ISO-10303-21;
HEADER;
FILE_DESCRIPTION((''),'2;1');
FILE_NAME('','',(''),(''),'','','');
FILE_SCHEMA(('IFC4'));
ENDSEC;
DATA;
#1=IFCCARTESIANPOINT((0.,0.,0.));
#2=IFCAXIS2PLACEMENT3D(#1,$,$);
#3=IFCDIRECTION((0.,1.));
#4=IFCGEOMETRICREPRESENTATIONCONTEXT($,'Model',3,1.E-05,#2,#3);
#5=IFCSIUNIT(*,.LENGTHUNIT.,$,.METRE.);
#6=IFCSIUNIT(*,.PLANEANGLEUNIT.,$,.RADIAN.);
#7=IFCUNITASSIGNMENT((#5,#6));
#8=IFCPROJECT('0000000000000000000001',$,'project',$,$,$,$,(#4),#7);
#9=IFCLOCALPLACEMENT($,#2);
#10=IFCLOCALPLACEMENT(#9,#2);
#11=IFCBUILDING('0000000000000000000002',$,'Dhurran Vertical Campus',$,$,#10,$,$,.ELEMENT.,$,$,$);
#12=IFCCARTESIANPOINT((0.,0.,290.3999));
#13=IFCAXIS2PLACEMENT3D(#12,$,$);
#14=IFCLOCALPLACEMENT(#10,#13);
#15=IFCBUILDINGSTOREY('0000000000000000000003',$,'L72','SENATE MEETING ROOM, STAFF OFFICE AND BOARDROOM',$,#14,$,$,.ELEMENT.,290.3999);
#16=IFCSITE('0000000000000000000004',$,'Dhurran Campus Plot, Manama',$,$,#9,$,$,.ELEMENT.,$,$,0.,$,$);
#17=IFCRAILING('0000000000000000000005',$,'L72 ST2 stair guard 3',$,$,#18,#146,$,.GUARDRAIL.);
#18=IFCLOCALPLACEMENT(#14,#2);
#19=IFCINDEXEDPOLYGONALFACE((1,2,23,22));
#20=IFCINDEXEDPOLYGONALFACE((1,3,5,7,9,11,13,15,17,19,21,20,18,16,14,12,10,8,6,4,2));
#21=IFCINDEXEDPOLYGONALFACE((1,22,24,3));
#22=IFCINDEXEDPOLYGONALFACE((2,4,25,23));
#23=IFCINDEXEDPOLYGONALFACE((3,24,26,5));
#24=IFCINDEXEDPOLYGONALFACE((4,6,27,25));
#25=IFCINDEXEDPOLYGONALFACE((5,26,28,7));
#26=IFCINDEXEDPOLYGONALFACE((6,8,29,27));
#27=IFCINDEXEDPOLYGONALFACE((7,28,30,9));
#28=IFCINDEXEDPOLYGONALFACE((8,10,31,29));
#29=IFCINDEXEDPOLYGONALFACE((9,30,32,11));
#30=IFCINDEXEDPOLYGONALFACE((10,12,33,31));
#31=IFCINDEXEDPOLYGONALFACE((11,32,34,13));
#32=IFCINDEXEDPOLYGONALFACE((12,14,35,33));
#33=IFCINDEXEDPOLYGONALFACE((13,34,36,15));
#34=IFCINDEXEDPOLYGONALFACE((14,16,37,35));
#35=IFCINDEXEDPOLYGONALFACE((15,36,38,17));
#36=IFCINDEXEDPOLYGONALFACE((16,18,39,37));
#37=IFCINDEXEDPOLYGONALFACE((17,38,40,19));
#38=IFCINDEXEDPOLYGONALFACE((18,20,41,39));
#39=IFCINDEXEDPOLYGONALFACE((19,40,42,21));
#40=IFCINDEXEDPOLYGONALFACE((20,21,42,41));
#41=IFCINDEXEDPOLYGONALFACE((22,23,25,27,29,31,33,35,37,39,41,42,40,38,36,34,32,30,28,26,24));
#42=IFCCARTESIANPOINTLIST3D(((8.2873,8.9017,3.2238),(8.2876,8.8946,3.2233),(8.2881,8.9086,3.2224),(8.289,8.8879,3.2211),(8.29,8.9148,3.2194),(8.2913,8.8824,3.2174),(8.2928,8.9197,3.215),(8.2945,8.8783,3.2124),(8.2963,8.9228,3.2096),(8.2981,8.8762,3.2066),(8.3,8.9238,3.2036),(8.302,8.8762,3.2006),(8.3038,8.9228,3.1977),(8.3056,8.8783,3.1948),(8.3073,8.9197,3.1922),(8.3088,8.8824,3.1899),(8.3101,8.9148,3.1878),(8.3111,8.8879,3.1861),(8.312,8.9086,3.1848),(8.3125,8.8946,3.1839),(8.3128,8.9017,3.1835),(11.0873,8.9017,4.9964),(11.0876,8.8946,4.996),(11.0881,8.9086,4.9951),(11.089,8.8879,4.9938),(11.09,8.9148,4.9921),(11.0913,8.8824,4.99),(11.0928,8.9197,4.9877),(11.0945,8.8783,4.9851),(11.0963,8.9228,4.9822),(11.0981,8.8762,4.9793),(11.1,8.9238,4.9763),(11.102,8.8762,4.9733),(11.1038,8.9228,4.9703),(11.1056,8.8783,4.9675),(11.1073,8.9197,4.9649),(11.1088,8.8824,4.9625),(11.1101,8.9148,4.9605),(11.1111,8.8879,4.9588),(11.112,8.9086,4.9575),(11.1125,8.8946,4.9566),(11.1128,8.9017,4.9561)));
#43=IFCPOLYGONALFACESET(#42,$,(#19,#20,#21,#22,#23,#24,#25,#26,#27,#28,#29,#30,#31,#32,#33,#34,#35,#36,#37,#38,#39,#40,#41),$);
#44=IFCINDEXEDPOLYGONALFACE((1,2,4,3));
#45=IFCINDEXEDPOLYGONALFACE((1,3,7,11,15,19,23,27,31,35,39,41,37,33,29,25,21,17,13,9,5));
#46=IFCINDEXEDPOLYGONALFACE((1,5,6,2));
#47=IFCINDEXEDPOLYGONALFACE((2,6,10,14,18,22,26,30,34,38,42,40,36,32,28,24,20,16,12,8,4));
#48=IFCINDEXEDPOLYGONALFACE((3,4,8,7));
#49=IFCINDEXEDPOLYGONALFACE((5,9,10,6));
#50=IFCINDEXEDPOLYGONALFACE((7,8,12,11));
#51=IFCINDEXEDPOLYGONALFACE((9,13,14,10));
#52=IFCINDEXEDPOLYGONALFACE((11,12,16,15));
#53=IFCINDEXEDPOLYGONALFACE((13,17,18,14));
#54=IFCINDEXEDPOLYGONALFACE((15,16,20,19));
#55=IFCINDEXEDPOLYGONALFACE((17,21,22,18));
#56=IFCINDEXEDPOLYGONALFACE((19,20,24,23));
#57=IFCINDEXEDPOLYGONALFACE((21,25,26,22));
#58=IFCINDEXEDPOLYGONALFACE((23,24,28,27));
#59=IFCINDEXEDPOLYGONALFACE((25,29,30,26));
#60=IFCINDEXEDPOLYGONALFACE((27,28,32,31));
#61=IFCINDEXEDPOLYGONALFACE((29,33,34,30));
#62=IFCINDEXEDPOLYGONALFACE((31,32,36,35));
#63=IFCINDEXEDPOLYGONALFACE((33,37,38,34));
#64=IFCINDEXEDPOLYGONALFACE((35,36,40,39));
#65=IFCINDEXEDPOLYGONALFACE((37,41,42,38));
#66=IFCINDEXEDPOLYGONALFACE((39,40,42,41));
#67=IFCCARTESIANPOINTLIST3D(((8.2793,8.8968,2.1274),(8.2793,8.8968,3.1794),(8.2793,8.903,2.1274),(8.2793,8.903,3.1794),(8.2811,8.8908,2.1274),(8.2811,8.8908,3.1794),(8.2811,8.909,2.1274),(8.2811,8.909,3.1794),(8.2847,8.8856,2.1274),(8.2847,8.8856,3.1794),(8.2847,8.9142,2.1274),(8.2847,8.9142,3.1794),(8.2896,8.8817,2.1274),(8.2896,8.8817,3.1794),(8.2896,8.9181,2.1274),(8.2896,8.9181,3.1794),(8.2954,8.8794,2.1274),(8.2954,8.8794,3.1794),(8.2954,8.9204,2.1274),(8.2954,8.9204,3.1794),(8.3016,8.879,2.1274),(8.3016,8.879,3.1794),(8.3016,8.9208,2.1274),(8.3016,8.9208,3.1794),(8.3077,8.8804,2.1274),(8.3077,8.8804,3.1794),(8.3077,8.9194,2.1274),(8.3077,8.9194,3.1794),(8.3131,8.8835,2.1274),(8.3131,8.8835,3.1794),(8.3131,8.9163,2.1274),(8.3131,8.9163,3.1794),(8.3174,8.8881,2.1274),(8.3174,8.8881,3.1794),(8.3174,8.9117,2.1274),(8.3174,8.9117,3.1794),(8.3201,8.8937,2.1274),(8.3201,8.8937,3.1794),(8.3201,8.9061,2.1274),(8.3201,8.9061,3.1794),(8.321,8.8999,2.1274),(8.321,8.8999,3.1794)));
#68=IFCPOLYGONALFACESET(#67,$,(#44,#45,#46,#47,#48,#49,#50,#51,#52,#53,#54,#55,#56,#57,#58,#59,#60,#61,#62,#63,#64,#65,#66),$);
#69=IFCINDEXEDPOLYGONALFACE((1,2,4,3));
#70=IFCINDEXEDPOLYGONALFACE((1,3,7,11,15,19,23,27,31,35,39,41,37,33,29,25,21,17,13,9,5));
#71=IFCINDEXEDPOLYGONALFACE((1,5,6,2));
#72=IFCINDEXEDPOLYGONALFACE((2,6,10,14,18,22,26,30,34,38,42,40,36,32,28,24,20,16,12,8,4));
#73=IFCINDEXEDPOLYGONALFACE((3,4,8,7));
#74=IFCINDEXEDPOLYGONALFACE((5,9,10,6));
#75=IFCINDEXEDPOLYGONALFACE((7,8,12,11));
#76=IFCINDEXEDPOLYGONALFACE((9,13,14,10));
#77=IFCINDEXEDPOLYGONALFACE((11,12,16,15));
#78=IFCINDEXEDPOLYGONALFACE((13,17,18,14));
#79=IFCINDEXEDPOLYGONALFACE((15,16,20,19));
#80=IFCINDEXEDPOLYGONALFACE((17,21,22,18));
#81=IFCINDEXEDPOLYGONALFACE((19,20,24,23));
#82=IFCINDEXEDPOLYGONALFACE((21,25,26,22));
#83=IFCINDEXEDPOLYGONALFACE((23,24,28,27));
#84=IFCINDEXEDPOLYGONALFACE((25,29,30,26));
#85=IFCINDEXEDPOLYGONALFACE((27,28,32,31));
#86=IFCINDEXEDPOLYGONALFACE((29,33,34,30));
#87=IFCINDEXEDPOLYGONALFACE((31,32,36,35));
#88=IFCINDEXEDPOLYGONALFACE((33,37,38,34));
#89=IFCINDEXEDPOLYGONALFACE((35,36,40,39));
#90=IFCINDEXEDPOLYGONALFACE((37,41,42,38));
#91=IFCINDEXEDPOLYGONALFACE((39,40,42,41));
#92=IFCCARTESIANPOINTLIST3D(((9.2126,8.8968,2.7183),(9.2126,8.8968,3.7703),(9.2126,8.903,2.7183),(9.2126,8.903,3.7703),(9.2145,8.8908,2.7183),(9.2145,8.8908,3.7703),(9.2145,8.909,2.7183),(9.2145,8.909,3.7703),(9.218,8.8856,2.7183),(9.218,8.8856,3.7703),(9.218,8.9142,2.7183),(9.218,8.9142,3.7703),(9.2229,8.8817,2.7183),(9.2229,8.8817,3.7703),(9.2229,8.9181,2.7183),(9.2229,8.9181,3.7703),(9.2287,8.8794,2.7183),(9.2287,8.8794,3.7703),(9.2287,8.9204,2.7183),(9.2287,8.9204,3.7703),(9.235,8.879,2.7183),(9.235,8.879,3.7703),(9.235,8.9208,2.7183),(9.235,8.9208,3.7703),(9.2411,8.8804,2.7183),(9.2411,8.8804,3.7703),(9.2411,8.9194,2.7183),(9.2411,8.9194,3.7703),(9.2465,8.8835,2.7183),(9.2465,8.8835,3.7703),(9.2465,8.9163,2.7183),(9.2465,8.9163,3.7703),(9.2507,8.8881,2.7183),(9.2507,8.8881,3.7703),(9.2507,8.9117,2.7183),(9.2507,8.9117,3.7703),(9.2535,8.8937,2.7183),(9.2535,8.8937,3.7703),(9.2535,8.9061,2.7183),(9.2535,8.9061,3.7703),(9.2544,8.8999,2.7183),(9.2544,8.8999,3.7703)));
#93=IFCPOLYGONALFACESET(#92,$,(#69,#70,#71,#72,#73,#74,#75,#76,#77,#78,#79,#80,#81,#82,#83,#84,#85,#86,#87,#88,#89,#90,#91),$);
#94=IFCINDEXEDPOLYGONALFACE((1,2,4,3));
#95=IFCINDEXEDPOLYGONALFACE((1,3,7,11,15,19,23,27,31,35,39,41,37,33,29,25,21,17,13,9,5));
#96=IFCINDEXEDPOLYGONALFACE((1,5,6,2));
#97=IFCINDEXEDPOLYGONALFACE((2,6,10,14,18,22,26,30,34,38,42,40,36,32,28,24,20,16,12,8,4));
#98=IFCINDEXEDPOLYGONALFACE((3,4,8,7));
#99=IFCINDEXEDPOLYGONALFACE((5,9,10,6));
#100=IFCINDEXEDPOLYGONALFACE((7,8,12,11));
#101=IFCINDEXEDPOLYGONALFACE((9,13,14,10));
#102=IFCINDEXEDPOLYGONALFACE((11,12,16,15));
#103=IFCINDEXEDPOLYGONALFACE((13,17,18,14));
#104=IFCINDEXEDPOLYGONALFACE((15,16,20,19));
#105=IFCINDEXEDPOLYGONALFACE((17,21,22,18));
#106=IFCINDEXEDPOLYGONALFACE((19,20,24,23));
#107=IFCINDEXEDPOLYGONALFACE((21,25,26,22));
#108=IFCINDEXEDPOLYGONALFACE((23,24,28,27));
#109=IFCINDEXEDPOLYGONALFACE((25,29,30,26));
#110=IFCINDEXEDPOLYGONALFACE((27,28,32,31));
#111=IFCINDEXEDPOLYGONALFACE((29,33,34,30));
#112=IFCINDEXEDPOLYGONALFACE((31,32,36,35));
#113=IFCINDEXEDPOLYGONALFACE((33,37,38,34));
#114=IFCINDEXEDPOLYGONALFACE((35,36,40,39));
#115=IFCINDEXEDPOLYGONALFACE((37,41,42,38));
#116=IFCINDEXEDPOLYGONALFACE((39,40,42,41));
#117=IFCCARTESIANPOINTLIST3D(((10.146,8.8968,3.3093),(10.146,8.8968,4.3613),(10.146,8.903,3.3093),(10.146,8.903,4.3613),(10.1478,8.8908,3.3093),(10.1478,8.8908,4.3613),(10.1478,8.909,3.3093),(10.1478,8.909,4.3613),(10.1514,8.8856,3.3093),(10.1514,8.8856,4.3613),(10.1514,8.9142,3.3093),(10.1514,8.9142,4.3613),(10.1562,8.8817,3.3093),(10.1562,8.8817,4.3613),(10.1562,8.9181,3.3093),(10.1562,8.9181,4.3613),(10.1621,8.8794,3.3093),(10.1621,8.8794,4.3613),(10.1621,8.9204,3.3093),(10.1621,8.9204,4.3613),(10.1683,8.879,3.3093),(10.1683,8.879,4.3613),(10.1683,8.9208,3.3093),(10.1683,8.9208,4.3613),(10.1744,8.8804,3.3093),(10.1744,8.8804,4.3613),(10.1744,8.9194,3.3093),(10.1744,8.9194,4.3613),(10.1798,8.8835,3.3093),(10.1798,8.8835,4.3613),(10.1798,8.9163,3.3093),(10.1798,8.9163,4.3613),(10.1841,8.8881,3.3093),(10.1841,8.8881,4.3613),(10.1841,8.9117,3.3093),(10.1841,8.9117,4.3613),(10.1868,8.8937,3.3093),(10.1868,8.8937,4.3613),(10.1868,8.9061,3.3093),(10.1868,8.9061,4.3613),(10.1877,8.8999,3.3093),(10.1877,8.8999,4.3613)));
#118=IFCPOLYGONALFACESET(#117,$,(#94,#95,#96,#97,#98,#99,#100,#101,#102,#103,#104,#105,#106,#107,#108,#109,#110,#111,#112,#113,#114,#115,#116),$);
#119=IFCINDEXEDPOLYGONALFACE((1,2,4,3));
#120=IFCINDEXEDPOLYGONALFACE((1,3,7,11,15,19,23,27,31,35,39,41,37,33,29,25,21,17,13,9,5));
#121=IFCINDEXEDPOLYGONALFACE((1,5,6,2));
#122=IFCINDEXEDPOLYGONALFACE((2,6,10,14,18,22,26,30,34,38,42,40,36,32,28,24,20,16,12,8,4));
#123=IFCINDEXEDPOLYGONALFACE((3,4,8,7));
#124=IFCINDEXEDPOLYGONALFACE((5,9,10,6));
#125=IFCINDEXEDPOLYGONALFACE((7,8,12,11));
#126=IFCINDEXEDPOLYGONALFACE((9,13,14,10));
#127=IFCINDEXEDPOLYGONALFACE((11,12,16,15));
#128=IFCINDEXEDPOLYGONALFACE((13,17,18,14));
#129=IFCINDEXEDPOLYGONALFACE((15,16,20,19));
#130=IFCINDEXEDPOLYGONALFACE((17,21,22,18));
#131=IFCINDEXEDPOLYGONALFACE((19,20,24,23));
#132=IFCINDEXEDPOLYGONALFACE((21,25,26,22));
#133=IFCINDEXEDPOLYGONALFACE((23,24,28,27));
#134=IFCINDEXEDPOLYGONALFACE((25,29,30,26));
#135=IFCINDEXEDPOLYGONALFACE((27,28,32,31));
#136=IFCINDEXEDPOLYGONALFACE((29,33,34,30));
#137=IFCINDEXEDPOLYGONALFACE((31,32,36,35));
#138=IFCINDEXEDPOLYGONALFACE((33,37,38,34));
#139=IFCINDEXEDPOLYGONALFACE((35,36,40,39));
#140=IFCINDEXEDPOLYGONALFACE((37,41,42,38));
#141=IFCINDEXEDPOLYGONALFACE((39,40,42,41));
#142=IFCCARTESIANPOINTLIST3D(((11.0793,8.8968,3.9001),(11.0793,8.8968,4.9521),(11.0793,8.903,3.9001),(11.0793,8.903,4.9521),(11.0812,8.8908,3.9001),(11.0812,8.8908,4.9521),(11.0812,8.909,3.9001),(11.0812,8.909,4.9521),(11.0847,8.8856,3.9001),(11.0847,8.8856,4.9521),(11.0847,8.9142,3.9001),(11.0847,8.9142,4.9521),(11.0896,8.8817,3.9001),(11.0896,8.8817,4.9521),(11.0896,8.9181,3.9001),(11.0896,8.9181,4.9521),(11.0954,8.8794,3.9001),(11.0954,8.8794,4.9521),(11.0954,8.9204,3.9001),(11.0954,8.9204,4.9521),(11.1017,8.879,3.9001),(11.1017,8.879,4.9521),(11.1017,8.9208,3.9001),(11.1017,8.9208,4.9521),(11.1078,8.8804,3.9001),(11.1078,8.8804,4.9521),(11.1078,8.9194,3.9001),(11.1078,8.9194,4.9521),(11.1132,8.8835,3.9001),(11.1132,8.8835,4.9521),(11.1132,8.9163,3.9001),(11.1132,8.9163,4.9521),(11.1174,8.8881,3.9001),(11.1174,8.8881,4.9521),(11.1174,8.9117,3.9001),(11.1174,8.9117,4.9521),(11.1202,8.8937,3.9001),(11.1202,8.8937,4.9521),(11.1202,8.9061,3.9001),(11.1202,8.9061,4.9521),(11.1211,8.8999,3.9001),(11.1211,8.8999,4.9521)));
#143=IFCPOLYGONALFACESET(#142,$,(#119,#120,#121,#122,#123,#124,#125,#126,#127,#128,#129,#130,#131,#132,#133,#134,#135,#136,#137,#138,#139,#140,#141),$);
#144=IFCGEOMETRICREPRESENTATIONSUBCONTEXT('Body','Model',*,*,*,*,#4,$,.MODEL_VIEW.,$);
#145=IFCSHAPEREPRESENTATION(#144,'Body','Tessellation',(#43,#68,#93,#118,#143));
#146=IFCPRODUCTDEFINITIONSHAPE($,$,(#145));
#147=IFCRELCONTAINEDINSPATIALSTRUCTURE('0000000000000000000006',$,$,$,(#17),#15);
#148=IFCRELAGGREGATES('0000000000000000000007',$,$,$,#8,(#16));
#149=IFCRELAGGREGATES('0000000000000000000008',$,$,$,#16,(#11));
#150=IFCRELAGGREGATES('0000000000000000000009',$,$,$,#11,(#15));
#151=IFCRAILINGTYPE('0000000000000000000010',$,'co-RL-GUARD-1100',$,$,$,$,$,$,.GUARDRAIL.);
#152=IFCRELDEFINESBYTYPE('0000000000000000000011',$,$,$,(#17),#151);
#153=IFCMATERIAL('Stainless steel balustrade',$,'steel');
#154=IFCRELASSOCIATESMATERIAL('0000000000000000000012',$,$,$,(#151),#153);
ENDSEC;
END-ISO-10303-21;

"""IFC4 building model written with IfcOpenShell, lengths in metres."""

from ifc_helpers import new_model, si_unit, direction, frame, origin, origin_2d, place, context, subcontext, project, spatial, circle, extrude, material, type_object, element, save


model = new_model("IFC4")

# Units and contexts
model_context = context("Model", 3, precision=1e-05, world=origin(), true_north=direction((0.0, 1.0)))
body_context = subcontext(model_context, "Body", "Model", "MODEL_VIEW")
ifc_project = project(units=[si_unit("LENGTHUNIT", "METRE"), si_unit("PLANEANGLEUNIT", "RADIAN")], contexts=[model_context])

# Site, building, storey
site_placement = place(None, origin())
site = spatial("IfcSite", under=ifc_project, at=site_placement, Name="Dhurran Campus Plot, Manama", CompositionType="ELEMENT", RefElevation=0.0)
building_placement = place(site_placement, origin())
building = spatial("IfcBuilding", under=site, at=building_placement, Name="Dhurran Vertical Campus", CompositionType="ELEMENT")
storey_placement = place(building_placement, frame((0.0, 0.0, 290.3999)))
storey = spatial("IfcBuildingStorey", under=building, at=storey_placement, Name="L72", Description="SENATE MEETING ROOM, STAFF OFFICE AND BOARDROOM", CompositionType="ELEMENT", Elevation=290.3999)

# Railing
ifc_material_1 = material(Name="Stainless steel balustrade", Category="steel")
railing_type_1 = type_object("IfcRailingType", Name="co-RL-GUARD-1100", PredefinedType="GUARDRAIL", material=ifc_material_1)
railing_1_placement = place(storey_placement, frame((8.3, 8.8999, 2.1274)))
element("IfcRailing", 1, at=railing_1_placement, inside=storey, type_object=railing_type_1, Name="L72 ST2 stair guard 3", PredefinedType="GUARDRAIL", context=body_context, shape_type="SweptSolid", body=[
    extrude(circle(Radius=0.0239, at=origin_2d()), frame((0.0, 0.0, 1.0762), z_axis=(0.844909, 0.0, 0.53491), x_axis=(0.0, 1.0, 0.0)), (0.0, 0.0, 1.0), 3.314),
    extrude(circle(Radius=0.021, at=origin_2d()), origin(), (0.0, 0.0, 1.0), 1.052),
    extrude(circle(Radius=0.021, at=origin_2d()), frame((0.9333, 0.0, 0.5908)), (0.0, 0.0, 1.0), 1.052),
    extrude(circle(Radius=0.021, at=origin_2d()), frame((1.8667, 0.0, 1.1819)), (0.0, 0.0, 1.0), 1.052),
    extrude(circle(Radius=0.021, at=origin_2d()), frame((2.8, 0.0, 1.7727)), (0.0, 0.0, 1.0), 1.052),
])

save(model, "model.ifc")
